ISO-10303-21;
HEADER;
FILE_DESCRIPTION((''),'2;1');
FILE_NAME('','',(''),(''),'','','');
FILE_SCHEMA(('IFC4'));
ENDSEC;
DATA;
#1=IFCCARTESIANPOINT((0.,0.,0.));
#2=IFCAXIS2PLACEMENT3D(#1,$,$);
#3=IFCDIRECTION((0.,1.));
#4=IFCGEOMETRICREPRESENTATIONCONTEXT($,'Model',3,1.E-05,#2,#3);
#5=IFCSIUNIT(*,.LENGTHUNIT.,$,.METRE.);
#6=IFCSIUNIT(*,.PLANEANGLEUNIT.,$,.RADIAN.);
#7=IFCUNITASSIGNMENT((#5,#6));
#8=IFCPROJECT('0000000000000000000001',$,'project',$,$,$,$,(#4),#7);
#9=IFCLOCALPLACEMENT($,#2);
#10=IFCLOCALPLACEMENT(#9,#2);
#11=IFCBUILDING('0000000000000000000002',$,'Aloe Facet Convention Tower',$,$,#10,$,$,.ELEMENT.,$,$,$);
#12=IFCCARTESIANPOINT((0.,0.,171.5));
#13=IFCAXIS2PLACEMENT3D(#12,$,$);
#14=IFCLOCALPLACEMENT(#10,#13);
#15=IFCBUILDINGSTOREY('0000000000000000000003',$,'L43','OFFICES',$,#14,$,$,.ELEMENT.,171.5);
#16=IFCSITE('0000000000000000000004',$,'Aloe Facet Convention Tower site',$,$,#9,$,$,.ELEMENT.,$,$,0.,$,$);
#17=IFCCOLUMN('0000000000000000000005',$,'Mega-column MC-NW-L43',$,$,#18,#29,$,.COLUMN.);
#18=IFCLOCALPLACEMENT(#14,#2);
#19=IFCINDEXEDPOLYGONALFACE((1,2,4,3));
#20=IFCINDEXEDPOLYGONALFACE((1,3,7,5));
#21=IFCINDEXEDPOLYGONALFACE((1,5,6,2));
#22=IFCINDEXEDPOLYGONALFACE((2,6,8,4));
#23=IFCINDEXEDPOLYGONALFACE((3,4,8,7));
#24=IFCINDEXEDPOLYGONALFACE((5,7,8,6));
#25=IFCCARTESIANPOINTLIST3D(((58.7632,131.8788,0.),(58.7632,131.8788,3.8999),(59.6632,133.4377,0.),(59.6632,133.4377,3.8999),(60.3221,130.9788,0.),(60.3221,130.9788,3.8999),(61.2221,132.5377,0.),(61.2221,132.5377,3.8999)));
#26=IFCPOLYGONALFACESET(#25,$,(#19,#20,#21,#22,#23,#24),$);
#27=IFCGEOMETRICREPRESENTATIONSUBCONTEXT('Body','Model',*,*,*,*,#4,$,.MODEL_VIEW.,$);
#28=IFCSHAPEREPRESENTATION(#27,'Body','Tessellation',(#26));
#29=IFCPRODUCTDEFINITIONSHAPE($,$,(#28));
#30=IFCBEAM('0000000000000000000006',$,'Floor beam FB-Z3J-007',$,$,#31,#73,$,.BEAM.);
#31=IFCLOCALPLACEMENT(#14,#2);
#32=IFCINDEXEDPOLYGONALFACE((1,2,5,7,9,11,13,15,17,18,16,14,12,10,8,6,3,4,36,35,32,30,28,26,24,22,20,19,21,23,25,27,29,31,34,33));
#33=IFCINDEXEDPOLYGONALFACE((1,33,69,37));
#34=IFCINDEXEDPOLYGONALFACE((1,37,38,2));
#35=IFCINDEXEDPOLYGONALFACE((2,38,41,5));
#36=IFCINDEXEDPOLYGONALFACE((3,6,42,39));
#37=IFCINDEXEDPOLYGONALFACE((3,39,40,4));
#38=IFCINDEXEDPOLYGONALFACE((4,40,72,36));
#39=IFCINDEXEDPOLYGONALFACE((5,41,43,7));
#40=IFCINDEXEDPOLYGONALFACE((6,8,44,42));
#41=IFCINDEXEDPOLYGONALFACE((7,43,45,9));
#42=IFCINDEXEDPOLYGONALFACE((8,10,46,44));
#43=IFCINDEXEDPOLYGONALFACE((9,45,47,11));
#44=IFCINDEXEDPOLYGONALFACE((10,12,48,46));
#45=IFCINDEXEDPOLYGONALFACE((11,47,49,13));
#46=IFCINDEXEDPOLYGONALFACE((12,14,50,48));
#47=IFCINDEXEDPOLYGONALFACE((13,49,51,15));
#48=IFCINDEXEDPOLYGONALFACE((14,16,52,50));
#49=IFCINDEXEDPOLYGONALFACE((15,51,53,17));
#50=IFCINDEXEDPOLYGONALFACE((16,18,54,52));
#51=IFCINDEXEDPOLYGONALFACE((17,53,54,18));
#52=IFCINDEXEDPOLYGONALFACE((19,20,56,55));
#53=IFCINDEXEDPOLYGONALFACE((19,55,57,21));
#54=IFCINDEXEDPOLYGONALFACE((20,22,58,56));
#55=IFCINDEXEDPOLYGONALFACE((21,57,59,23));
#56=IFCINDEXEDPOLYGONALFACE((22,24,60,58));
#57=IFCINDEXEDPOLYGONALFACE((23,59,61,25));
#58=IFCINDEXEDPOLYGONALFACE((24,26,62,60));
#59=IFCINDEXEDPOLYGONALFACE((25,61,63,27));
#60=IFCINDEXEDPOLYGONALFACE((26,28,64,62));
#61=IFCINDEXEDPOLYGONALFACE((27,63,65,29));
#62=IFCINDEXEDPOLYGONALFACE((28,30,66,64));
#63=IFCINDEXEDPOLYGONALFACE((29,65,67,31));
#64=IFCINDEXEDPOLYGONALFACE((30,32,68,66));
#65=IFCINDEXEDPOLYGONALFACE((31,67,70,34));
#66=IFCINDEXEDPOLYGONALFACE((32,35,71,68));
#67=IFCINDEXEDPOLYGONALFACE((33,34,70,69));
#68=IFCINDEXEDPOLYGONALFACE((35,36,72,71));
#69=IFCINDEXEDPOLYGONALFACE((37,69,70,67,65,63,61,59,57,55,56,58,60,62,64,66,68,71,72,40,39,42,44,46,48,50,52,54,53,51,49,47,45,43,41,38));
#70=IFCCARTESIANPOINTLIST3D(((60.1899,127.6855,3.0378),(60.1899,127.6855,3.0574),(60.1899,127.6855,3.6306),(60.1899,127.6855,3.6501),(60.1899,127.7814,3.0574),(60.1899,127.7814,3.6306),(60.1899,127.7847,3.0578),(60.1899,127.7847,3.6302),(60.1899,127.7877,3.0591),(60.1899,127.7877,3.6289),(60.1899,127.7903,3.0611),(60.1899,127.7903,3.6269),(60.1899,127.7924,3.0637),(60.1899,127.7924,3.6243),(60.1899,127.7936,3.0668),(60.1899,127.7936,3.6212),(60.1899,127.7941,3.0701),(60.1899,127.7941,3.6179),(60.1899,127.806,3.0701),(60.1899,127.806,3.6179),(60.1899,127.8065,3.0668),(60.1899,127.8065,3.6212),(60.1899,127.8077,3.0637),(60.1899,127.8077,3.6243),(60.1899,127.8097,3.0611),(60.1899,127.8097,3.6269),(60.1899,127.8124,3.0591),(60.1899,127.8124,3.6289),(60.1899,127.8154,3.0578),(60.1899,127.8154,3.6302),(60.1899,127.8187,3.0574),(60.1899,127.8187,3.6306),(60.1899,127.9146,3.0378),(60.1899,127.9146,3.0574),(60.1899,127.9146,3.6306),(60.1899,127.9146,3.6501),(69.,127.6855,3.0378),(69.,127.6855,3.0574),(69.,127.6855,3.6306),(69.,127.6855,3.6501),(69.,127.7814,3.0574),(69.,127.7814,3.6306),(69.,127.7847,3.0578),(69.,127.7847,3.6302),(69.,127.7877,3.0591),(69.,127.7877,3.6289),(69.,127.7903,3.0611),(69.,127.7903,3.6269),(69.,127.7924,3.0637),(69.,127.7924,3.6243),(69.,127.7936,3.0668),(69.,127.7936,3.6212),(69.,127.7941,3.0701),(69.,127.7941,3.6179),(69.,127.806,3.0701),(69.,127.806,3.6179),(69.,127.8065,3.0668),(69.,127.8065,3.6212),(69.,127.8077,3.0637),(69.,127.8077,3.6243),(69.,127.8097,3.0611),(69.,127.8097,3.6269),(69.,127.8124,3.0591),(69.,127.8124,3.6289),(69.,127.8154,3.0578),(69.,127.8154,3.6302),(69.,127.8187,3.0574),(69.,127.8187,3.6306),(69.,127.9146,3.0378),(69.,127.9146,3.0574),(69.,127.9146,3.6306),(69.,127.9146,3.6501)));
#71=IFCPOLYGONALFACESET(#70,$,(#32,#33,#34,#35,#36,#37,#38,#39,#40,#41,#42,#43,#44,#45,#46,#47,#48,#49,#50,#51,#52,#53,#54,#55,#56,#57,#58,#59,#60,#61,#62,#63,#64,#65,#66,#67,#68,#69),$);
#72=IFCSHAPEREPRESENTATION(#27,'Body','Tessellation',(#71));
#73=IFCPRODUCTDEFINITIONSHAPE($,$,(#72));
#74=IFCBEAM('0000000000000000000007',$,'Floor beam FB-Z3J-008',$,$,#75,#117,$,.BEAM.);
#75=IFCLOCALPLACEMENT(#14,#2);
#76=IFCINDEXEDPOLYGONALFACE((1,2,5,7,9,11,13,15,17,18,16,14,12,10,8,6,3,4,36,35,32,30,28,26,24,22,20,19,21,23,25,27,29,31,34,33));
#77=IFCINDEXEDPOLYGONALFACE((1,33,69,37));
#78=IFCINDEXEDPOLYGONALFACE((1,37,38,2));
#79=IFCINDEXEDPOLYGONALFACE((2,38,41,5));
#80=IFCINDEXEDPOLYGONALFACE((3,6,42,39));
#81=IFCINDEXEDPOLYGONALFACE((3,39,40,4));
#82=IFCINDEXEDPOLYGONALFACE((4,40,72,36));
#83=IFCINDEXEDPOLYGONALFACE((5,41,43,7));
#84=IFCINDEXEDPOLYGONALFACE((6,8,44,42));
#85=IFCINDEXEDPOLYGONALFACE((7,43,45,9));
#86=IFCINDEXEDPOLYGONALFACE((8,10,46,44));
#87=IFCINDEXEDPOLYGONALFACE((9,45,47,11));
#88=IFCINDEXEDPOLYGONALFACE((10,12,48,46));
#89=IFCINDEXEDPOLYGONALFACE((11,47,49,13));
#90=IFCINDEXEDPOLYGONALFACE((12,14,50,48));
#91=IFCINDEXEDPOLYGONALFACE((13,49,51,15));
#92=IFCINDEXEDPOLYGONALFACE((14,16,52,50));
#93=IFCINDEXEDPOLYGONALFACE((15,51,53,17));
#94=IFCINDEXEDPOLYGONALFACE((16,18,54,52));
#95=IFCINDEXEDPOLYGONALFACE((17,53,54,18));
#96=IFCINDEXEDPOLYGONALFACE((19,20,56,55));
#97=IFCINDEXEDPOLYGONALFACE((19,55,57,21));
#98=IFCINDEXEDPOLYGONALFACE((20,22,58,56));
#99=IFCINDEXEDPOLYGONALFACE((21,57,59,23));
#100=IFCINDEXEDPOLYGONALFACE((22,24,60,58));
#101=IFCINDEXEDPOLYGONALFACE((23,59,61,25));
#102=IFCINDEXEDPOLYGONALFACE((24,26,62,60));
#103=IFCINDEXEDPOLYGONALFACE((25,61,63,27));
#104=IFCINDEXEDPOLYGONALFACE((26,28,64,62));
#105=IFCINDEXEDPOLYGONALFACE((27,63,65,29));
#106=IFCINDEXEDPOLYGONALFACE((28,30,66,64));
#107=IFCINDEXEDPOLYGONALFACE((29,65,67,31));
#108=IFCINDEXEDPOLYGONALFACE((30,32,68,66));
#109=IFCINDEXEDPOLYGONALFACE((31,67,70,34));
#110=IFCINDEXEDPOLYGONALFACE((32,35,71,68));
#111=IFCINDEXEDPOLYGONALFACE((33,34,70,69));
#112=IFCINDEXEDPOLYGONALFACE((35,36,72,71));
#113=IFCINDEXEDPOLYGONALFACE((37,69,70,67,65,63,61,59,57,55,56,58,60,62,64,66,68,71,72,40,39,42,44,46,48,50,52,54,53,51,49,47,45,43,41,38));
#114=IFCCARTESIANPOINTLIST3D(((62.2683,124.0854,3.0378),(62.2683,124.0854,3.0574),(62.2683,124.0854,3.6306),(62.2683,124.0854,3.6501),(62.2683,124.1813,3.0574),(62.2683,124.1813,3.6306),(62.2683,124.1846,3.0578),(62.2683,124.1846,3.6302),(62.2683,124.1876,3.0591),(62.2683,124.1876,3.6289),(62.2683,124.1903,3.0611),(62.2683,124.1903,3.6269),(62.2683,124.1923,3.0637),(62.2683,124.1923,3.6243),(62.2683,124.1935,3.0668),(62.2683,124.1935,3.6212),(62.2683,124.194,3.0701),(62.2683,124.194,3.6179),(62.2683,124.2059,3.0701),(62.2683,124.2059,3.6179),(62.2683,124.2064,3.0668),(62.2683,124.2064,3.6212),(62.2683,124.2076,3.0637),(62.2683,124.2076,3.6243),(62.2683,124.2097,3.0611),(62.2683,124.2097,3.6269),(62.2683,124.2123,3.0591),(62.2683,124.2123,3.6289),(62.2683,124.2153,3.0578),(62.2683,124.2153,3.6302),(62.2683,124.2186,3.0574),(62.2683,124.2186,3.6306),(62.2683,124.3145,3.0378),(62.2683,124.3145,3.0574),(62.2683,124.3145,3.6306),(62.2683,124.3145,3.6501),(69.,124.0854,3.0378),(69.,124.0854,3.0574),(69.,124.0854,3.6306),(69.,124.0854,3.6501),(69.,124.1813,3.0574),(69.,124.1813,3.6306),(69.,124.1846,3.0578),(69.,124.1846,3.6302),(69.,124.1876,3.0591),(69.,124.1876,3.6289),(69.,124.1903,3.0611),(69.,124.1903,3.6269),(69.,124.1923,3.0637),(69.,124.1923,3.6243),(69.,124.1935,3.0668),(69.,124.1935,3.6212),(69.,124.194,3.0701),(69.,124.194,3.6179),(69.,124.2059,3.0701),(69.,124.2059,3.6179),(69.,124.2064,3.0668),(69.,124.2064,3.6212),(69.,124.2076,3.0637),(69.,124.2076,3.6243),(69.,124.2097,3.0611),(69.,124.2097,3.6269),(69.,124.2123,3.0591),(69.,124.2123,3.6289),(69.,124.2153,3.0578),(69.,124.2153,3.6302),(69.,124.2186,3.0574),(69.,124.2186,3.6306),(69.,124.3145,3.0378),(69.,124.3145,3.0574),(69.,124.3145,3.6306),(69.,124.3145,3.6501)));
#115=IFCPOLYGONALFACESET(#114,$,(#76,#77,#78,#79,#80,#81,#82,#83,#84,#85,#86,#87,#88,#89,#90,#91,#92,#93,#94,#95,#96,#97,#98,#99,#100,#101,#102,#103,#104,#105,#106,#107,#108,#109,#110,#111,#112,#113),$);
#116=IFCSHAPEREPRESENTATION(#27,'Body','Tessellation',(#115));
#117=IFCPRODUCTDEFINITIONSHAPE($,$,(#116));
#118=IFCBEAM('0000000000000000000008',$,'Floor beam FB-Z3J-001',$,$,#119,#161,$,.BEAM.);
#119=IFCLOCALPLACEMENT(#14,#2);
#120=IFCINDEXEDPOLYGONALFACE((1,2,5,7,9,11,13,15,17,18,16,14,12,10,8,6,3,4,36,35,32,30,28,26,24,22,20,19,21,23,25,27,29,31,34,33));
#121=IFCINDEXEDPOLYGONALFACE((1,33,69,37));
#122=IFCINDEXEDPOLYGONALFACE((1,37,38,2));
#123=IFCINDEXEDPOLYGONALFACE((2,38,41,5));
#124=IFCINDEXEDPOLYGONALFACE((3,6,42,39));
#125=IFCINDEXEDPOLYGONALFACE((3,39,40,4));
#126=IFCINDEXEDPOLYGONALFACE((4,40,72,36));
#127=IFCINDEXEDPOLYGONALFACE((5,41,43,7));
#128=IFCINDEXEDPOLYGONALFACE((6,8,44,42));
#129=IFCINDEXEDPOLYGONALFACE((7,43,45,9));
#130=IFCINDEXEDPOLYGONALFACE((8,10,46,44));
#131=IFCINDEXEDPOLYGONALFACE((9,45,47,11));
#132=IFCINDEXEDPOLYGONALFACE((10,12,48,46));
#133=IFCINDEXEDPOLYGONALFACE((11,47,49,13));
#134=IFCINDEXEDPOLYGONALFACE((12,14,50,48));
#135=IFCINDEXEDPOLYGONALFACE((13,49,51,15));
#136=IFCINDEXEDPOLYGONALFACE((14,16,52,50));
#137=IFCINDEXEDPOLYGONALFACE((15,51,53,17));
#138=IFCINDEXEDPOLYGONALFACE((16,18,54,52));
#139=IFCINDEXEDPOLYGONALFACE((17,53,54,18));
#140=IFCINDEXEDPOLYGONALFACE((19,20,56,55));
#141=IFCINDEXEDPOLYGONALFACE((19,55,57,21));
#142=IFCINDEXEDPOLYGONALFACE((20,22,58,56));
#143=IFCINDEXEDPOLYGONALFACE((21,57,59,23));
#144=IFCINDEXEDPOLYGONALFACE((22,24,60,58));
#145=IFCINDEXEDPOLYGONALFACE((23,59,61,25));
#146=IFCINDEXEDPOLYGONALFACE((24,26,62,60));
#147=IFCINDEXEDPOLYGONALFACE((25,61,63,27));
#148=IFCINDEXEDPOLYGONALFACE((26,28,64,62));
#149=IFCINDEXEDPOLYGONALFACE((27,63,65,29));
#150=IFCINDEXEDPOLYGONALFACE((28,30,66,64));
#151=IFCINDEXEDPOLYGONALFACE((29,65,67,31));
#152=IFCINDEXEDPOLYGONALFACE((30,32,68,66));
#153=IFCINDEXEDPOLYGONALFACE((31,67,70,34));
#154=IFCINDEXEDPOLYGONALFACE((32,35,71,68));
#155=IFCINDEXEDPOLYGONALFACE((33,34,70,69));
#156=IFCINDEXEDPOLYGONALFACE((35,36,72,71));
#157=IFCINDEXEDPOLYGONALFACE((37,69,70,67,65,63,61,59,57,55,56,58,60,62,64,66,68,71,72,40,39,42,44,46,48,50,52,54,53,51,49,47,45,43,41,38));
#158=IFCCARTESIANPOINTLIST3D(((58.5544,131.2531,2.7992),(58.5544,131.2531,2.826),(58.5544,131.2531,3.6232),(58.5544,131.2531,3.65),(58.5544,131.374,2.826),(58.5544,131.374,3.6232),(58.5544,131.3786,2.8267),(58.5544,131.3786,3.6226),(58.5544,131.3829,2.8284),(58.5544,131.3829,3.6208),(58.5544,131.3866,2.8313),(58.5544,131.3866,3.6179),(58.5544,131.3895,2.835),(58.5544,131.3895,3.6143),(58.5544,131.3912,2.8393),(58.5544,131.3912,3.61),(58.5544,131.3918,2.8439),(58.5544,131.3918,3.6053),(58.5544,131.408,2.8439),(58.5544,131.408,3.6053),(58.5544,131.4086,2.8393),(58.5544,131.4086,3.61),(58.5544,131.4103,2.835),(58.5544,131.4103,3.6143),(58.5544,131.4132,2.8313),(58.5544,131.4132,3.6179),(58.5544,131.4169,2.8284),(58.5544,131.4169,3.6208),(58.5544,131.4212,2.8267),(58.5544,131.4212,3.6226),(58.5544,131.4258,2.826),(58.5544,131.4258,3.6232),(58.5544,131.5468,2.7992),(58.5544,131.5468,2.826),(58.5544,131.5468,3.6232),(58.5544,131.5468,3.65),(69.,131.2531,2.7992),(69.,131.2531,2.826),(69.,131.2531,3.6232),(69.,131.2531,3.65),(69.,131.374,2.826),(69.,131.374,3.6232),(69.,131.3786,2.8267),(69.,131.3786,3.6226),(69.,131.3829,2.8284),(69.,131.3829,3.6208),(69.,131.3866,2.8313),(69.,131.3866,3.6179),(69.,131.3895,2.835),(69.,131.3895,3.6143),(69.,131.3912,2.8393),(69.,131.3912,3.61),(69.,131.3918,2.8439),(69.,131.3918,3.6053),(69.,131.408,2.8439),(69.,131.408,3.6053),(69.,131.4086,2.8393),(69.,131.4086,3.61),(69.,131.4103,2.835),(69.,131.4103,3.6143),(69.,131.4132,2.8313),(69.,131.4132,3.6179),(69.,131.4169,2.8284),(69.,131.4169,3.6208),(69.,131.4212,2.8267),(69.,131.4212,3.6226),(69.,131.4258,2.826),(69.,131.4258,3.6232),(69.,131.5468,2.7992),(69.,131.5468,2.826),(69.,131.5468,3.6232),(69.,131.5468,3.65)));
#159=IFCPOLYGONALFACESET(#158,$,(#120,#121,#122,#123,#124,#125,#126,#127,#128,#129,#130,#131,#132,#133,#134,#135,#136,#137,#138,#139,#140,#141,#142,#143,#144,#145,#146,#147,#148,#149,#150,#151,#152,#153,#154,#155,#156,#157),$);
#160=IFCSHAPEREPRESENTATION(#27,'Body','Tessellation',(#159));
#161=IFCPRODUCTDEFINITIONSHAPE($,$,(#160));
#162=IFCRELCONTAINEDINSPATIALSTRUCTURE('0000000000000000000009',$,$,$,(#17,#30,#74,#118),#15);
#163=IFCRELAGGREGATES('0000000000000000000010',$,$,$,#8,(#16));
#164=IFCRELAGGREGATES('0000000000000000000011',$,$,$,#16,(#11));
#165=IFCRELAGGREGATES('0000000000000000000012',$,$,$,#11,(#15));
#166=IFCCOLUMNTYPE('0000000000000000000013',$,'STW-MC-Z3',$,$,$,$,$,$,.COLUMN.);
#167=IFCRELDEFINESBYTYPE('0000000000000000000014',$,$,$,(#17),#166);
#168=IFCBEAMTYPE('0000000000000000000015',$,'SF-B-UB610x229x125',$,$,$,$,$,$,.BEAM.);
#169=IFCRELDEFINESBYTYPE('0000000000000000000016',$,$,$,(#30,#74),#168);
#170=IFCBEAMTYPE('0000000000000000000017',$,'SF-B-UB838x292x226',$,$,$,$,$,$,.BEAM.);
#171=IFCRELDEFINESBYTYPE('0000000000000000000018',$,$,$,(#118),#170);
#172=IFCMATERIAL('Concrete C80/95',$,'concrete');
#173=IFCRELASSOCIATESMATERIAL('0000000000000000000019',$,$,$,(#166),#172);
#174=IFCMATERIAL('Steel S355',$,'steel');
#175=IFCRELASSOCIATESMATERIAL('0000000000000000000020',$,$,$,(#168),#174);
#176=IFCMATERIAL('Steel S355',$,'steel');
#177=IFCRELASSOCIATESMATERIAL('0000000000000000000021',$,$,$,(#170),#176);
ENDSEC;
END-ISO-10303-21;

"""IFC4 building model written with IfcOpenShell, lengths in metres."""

from ifc_helpers import new_model, si_unit, direction, frame, origin, origin_2d, place, context, subcontext, project, spatial, rectangle, i_section, extrude, material, material_profile, profile_set, type_object, element, save


model = new_model("IFC4")

# Units and contexts
model_context = context("Model", 3, precision=1e-05, world=origin(), true_north=direction((0.0, 1.0)))
body_context = subcontext(model_context, "Body", "Model", "MODEL_VIEW")
ifc_project = project(units=[si_unit("LENGTHUNIT", "METRE"), si_unit("PLANEANGLEUNIT", "RADIAN")], contexts=[model_context])

# Site, building, storey
site_placement = place(None, origin())
site = spatial("IfcSite", under=ifc_project, at=site_placement, Name="Aloe Facet Convention Tower site", CompositionType="ELEMENT", RefElevation=0.0)
building_placement = place(site_placement, origin())
building = spatial("IfcBuilding", under=site, at=building_placement, Name="Aloe Facet Convention Tower", CompositionType="ELEMENT")
storey_placement = place(building_placement, frame((0.0, 0.0, 171.5)))
storey = spatial("IfcBuildingStorey", under=building, at=storey_placement, Name="L43", Description="OFFICES", CompositionType="ELEMENT", Elevation=171.5)

# Column
ifc_material_1 = material(Name="Concrete C80/95", Category="concrete")
ifc_material_profile_1 = material_profile(ifc_material_1, rectangle(XDim=1.8, YDim=1.8, at=origin_2d()), Name="STW-MC-Z3")
ifc_profile_set_1 = profile_set([ifc_material_profile_1], Name="Concrete C80/95")
column_type = type_object("IfcColumnType", Name="STW-MC-Z3", PredefinedType="COLUMN", material=ifc_profile_set_1)
column_placement = place(storey_placement, frame((59.9927, 132.2083, 0.0), z_axis=(0.0, 0.0, 1.0), x_axis=(-0.5, -0.866025, 0.0)))
element("IfcColumn", 1, at=column_placement, inside=storey, type_object=column_type, Name="Mega-column MC-NW-L43", PredefinedType="COLUMN", context=body_context, shape_type="SweptSolid", body=[
    extrude(rectangle(XDim=1.8, YDim=1.8, at=origin_2d()), origin(), (0.0, 0.0, 1.0), 3.8999),
])

# Beams
ifc_material_2 = material(Name="Steel S355", Category="steel")
ifc_material_profile_2 = material_profile(ifc_material_2, i_section(OverallWidth=0.229, OverallDepth=0.6123, WebThickness=0.012, FlangeThickness=0.0195, FilletRadius=0.0127, at=origin_2d()), Name="UB 610x229x125")
ifc_profile_set_2 = profile_set([ifc_material_profile_2], Name="Steel S355")
beam_type_1 = type_object("IfcBeamType", Name="SF-B-UB610x229x125", PredefinedType="BEAM", material=ifc_profile_set_2)
beam_1_placement = place(storey_placement, frame((60.1899, 127.8, 3.344), z_axis=(1.0, 0.0, 0.0), x_axis=(0.0, 1.0, 0.0)))
element("IfcBeam", 2, at=beam_1_placement, inside=storey, type_object=beam_type_1, Name="Floor beam FB-Z3J-007", PredefinedType="BEAM", context=body_context, shape_type="SweptSolid", body=[
    extrude(i_section(OverallWidth=0.229, OverallDepth=0.6123, WebThickness=0.012, FlangeThickness=0.0195, FilletRadius=0.0127, at=origin_2d()), origin(), (0.0, 0.0, 1.0), 8.8101),
])
beam_2_placement = place(storey_placement, frame((62.2683, 124.2, 3.344), z_axis=(1.0, 0.0, 0.0), x_axis=(0.0, 1.0, 0.0)))
element("IfcBeam", 3, at=beam_2_placement, inside=storey, type_object=beam_type_1, Name="Floor beam FB-Z3J-008", PredefinedType="BEAM", context=body_context, shape_type="SweptSolid", body=[
    extrude(i_section(OverallWidth=0.229, OverallDepth=0.6123, WebThickness=0.012, FlangeThickness=0.0195, FilletRadius=0.0127, at=origin_2d()), origin(), (0.0, 0.0, 1.0), 6.7317),
])
ifc_material_3 = material(Name="Steel S355", Category="steel")
ifc_material_profile_3 = material_profile(ifc_material_3, i_section(OverallWidth=0.2937, OverallDepth=0.8508, WebThickness=0.0161, FlangeThickness=0.0269, FilletRadius=0.0178, at=origin_2d()), Name="UB 838x292x226")
ifc_profile_set_3 = profile_set([ifc_material_profile_3], Name="Steel S355")
beam_type_2 = type_object("IfcBeamType", Name="SF-B-UB838x292x226", PredefinedType="BEAM", material=ifc_profile_set_3)
beam_3_placement = place(storey_placement, frame((58.5544, 131.3999, 3.2246), z_axis=(1.0, 0.0, 0.0), x_axis=(0.0, 1.0, 0.0)))
element("IfcBeam", 4, at=beam_3_placement, inside=storey, type_object=beam_type_2, Name="Floor beam FB-Z3J-001", PredefinedType="BEAM", context=body_context, shape_type="SweptSolid", body=[
    extrude(i_section(OverallWidth=0.2937, OverallDepth=0.8508, WebThickness=0.0161, FlangeThickness=0.0269, FilletRadius=0.0178, at=origin_2d()), origin(), (0.0, 0.0, 1.0), 10.4456),
])

save(model, "model.ifc")
